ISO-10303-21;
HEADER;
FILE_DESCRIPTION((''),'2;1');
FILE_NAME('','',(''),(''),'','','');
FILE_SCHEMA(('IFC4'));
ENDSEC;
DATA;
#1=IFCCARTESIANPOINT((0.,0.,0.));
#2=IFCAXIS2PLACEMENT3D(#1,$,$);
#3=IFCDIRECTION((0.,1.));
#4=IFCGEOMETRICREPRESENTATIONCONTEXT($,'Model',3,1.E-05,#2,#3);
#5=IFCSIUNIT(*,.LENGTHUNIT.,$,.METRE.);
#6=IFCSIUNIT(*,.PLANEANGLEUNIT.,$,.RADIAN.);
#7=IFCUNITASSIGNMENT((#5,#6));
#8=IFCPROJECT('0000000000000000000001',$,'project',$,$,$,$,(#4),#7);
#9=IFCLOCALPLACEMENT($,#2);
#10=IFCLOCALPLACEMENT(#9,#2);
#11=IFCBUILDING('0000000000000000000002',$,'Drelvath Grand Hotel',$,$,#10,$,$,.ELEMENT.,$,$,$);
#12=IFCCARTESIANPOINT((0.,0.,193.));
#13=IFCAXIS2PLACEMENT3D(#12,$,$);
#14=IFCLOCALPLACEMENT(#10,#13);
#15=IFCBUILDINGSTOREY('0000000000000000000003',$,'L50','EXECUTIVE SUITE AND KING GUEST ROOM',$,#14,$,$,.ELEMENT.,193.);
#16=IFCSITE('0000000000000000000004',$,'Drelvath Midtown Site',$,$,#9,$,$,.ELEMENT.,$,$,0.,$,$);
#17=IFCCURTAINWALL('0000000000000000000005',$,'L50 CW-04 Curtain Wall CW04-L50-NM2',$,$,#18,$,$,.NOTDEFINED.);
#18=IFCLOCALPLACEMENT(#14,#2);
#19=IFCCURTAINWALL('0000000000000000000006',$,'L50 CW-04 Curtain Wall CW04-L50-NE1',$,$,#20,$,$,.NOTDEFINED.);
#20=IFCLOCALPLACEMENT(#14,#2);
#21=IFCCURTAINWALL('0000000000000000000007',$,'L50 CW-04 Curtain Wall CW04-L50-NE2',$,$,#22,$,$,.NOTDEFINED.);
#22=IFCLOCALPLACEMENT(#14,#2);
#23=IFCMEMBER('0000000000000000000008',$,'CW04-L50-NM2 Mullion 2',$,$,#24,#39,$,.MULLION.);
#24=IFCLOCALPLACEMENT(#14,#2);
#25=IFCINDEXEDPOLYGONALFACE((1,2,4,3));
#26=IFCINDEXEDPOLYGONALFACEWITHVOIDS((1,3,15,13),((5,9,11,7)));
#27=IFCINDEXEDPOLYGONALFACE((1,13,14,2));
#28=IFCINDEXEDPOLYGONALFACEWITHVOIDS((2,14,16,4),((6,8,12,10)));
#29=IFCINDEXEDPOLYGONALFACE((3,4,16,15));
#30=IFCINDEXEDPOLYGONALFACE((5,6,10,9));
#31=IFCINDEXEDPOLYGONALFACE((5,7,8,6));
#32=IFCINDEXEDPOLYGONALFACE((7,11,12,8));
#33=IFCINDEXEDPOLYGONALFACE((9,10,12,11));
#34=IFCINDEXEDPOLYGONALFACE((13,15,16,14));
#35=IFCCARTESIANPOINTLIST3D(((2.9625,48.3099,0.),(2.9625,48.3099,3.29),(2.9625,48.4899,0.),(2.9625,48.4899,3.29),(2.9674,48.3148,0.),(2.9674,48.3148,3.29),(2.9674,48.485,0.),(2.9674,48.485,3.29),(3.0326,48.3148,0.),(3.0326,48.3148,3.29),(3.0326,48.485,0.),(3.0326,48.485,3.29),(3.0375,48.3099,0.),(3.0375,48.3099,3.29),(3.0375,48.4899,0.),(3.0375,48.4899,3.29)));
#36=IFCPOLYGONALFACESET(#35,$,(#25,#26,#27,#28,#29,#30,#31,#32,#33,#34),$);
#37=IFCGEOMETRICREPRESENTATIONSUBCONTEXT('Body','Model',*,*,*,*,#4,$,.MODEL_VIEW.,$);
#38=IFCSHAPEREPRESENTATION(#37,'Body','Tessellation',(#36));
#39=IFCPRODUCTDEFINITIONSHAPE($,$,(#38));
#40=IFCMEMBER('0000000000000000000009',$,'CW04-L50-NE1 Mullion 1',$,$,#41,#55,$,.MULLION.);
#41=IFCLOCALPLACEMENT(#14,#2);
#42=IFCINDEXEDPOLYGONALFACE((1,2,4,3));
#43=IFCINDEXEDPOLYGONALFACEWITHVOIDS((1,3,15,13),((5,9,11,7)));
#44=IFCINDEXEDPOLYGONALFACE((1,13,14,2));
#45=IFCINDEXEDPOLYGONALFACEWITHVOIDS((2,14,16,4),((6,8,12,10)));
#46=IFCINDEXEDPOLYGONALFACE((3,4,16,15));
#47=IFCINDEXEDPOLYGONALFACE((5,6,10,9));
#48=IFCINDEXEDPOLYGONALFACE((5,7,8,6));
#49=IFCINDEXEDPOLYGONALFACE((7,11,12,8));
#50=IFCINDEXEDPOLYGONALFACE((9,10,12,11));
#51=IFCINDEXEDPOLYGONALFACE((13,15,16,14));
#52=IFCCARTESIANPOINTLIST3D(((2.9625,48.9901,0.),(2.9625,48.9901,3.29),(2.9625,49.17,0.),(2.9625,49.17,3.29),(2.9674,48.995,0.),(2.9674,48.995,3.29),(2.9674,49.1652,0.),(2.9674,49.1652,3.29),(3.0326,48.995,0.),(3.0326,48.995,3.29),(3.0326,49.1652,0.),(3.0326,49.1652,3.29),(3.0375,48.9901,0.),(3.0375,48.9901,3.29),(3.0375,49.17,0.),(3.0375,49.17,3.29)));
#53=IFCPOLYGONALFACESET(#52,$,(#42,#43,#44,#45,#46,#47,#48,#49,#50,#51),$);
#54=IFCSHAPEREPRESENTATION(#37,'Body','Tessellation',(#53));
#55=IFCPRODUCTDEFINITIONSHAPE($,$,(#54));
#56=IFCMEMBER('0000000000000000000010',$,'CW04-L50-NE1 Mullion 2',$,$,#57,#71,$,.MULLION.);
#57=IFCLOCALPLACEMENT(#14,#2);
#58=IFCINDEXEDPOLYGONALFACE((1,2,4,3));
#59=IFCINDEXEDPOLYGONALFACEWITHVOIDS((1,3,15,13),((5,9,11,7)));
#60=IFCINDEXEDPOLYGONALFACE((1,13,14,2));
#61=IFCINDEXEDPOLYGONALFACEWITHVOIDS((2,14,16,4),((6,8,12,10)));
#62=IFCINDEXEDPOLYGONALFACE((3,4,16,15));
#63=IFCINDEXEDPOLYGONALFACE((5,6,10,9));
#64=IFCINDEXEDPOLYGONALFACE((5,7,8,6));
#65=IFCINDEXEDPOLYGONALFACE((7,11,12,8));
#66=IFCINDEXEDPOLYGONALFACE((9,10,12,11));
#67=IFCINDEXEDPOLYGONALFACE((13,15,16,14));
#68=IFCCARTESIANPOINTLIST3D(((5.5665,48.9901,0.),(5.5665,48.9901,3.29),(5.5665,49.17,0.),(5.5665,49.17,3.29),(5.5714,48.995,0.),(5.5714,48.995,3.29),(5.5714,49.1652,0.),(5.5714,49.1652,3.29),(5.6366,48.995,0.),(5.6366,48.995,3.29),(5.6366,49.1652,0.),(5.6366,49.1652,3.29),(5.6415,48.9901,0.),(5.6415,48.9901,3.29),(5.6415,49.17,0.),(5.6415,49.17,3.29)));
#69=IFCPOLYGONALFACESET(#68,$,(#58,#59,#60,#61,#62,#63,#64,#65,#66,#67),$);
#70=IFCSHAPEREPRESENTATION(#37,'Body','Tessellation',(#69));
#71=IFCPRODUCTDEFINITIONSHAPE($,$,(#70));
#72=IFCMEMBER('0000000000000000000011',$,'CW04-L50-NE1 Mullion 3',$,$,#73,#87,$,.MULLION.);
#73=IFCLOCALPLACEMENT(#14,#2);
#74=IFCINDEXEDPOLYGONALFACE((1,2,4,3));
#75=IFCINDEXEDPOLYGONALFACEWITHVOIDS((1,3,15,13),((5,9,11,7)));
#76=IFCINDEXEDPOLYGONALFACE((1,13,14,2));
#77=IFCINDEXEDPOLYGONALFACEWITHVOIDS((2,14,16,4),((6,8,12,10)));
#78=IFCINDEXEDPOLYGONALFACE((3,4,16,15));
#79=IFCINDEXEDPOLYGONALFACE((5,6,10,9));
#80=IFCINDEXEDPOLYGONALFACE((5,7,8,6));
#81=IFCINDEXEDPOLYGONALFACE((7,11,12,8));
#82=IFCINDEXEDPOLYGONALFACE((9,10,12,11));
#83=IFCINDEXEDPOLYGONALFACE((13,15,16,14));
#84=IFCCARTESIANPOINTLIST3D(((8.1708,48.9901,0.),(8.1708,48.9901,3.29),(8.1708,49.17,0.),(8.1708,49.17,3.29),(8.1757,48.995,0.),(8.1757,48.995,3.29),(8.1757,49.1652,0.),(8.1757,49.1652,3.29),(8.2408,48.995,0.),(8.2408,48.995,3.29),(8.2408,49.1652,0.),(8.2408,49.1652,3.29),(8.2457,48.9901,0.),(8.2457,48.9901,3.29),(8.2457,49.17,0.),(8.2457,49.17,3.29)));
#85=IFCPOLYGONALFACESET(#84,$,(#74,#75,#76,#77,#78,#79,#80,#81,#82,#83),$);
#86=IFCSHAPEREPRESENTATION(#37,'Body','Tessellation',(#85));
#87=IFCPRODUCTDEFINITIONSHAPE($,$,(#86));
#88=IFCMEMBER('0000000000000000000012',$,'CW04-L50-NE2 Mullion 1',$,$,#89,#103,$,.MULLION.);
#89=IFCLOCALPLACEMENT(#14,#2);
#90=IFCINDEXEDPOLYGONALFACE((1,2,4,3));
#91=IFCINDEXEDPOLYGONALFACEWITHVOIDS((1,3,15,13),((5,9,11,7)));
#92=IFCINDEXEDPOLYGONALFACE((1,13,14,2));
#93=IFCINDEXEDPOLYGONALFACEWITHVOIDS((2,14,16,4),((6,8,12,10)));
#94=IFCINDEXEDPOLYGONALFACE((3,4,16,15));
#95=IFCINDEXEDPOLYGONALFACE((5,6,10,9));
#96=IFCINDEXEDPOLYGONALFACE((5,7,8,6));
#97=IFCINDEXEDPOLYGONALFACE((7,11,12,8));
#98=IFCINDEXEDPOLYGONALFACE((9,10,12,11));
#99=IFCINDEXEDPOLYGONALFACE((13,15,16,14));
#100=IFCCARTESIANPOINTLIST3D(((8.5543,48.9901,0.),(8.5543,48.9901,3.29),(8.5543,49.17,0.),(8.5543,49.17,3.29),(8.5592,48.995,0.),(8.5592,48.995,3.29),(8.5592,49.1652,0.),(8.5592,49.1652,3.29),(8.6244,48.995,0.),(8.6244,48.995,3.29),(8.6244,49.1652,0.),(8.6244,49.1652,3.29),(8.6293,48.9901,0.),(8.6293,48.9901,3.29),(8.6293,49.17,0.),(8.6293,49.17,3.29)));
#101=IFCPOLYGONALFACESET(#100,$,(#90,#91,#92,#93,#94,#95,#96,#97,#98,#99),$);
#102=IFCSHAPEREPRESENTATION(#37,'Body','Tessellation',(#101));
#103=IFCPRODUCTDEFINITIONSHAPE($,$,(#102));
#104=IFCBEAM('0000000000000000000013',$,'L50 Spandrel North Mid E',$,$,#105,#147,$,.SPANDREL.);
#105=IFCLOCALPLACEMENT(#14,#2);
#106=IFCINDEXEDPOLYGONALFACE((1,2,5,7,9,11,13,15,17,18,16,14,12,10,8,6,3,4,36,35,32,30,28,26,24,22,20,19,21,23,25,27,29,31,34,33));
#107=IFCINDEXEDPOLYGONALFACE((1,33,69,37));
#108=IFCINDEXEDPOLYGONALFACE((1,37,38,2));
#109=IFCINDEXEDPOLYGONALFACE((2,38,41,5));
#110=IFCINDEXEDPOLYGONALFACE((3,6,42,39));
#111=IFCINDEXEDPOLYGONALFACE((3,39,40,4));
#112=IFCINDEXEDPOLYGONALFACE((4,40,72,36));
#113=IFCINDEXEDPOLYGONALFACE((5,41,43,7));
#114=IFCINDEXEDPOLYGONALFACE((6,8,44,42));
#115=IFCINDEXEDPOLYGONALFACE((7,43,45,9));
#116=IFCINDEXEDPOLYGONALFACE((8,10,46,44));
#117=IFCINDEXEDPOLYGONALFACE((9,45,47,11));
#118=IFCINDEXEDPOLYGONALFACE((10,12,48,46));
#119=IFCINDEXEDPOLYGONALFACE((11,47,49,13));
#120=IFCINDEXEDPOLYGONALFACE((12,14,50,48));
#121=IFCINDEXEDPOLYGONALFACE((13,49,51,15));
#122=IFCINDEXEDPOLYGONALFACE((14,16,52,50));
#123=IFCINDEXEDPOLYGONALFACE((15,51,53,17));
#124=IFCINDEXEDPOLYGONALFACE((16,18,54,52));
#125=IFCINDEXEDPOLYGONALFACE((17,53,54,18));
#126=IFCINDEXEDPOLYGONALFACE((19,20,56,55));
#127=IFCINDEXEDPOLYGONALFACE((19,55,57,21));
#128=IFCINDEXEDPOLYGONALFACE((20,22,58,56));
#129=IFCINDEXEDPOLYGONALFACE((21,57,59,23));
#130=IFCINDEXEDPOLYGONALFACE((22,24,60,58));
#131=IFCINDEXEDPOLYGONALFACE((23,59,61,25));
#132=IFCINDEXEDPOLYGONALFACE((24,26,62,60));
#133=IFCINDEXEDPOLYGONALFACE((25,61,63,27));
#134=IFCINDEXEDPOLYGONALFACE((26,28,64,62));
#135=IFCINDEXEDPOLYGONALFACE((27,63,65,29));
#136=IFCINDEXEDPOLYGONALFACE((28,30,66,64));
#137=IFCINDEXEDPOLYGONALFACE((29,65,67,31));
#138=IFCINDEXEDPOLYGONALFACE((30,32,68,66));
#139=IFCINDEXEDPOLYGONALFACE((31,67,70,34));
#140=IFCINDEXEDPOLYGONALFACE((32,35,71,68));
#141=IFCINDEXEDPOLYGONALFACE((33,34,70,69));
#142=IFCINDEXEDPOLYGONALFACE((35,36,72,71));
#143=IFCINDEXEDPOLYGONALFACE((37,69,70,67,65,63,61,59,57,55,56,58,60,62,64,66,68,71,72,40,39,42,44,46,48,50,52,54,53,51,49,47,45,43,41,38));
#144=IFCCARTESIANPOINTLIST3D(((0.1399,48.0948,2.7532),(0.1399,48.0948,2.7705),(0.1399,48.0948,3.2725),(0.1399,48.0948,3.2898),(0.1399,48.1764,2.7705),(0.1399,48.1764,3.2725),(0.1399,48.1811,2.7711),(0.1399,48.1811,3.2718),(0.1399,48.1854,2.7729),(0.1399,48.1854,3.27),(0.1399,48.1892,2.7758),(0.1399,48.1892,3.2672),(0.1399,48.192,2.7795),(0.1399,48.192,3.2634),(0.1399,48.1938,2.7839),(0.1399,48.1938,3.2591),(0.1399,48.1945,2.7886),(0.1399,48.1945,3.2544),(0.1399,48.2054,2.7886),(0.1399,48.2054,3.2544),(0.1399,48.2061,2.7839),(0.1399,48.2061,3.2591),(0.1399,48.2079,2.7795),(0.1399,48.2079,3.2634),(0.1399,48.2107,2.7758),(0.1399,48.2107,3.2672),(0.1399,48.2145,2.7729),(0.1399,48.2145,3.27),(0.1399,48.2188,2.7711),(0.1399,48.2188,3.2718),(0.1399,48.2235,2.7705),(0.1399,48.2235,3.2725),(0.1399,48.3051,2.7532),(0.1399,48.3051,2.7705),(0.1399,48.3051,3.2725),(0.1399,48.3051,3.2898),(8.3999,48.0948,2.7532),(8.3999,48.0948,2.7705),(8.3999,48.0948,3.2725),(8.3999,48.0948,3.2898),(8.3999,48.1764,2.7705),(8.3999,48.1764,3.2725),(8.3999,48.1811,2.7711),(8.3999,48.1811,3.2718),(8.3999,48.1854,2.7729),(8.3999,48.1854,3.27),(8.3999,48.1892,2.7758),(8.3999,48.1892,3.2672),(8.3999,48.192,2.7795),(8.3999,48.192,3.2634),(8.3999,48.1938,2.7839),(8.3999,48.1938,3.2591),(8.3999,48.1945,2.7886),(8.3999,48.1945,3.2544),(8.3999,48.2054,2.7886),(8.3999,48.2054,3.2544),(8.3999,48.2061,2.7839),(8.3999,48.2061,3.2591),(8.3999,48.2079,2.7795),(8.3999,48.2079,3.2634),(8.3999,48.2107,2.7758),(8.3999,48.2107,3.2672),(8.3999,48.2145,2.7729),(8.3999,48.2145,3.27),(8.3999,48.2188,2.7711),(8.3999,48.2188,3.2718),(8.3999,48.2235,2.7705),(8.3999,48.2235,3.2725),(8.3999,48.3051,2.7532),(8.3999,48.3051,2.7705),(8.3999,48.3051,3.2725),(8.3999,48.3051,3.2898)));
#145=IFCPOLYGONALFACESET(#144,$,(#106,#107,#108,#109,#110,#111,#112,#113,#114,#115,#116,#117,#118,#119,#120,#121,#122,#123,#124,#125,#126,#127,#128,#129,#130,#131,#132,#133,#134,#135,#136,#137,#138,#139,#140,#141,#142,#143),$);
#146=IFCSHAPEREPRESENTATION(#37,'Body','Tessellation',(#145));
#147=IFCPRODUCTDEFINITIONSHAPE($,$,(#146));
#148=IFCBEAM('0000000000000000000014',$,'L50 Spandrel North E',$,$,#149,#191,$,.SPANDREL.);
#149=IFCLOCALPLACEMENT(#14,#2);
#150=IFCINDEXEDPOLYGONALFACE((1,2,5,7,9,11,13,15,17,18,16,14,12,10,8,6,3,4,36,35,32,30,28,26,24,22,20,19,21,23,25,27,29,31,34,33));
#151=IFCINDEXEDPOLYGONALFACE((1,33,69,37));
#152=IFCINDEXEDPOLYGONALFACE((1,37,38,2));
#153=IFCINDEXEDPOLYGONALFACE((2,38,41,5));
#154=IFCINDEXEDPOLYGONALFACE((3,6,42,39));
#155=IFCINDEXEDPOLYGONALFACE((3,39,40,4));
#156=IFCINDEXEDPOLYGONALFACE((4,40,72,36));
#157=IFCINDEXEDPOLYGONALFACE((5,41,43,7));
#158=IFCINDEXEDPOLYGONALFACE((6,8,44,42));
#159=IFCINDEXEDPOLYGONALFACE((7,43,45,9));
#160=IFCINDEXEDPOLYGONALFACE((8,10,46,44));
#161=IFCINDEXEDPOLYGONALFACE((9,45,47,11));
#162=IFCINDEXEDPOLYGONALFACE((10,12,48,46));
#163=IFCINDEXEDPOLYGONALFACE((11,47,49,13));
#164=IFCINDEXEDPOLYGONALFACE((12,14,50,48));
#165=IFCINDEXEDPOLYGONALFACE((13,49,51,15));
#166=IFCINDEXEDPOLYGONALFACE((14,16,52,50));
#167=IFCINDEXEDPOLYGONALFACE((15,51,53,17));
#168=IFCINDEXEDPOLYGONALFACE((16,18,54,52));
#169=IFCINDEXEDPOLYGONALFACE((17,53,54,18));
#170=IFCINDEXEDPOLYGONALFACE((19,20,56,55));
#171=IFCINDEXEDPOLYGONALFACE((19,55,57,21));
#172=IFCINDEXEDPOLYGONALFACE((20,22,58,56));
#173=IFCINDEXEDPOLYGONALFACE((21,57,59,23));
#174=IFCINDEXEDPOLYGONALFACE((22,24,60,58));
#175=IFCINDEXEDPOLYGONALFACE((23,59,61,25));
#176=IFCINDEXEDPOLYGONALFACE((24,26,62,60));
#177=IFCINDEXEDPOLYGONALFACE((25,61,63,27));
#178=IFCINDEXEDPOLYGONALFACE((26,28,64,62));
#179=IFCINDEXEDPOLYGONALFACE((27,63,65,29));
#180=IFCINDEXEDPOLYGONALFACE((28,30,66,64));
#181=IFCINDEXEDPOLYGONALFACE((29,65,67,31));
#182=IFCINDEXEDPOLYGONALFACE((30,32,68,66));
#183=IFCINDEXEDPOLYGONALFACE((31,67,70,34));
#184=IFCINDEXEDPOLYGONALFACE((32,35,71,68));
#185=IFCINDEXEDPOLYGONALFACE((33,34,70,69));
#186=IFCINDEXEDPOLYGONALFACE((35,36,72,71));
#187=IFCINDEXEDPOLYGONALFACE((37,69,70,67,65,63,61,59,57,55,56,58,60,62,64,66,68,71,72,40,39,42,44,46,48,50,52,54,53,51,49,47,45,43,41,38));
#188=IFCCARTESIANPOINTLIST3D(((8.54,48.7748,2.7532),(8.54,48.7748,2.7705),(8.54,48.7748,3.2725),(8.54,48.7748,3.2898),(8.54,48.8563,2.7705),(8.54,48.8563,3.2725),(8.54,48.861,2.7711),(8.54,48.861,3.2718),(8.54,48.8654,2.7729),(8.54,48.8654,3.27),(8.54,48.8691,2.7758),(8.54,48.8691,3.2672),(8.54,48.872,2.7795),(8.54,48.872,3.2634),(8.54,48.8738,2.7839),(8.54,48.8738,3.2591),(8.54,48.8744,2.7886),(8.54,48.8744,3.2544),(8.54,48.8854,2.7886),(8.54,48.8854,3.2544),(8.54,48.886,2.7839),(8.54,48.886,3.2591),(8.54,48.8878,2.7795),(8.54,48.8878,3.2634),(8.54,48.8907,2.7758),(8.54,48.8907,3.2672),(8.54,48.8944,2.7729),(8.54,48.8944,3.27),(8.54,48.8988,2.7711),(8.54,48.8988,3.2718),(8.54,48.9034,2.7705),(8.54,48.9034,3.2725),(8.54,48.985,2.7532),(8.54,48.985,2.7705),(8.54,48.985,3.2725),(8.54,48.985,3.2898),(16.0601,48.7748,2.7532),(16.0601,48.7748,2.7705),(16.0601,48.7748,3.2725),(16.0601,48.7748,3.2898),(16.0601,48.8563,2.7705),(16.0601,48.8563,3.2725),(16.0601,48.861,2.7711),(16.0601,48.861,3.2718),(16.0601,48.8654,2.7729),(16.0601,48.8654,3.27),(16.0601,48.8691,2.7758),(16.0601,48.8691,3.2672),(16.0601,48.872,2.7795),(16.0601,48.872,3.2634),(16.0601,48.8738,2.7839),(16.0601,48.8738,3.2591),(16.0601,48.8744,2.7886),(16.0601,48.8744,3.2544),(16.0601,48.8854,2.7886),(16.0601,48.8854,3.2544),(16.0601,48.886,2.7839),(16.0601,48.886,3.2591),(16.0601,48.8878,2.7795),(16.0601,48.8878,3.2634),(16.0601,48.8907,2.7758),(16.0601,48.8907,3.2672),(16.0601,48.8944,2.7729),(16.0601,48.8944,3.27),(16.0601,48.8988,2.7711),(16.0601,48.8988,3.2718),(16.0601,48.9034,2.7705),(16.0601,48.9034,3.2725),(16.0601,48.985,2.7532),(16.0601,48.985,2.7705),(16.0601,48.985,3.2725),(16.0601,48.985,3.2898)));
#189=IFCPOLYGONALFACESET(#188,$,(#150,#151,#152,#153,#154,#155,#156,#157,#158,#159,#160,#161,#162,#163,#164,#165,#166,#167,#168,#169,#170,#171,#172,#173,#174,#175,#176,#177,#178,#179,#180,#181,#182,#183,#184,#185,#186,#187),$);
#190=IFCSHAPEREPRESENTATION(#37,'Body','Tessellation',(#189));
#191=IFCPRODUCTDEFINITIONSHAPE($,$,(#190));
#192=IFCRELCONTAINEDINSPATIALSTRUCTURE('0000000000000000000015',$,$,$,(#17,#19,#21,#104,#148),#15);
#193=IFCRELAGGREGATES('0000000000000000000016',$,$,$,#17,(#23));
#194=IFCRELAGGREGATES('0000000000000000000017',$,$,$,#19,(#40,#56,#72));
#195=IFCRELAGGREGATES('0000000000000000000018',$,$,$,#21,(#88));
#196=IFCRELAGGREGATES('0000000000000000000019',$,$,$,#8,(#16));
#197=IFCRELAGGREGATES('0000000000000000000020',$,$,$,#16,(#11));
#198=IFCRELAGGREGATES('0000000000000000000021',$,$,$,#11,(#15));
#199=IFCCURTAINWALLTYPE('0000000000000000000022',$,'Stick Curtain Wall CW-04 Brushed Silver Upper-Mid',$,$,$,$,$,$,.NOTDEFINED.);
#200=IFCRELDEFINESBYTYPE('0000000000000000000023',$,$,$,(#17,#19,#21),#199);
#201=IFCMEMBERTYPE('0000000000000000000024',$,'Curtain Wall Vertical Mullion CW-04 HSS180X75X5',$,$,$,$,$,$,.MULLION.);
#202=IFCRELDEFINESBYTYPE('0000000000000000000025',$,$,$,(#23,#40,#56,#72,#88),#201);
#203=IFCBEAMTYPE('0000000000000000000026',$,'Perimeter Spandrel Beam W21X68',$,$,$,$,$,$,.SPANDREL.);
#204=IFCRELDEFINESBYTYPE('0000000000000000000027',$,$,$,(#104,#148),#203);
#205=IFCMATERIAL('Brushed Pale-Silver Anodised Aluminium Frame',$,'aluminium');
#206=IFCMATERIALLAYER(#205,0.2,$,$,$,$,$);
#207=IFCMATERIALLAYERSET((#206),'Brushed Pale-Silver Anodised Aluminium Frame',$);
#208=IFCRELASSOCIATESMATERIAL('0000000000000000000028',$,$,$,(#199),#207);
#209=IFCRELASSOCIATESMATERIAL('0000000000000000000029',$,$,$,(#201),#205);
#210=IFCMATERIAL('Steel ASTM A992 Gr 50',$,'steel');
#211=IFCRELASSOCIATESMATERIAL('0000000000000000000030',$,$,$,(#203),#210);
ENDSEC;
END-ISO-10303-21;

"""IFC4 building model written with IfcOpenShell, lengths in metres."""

from ifc_helpers import new_model, si_unit, direction, frame, origin, origin_2d, place, context, subcontext, project, spatial, hollow_rectangle, i_section, extrude, material, layer, layer_set, material_profile, profile_set, type_object, element, aggregate, save


model = new_model("IFC4")

# Units and contexts
model_context = context("Model", 3, precision=1e-05, world=origin(), true_north=direction((0.0, 1.0)))
body_context = subcontext(model_context, "Body", "Model", "MODEL_VIEW")
ifc_project = project(units=[si_unit("LENGTHUNIT", "METRE"), si_unit("PLANEANGLEUNIT", "RADIAN")], contexts=[model_context])

# Site, building, storey
site_placement = place(None, origin())
site = spatial("IfcSite", under=ifc_project, at=site_placement, Name="Drelvath Midtown Site", CompositionType="ELEMENT", RefElevation=0.0)
building_placement = place(site_placement, origin())
building = spatial("IfcBuilding", under=site, at=building_placement, Name="Drelvath Grand Hotel", CompositionType="ELEMENT")
storey_placement = place(building_placement, frame((0.0, 0.0, 193.0)))
storey = spatial("IfcBuildingStorey", under=building, at=storey_placement, Name="L50", Description="EXECUTIVE SUITE AND KING GUEST ROOM", CompositionType="ELEMENT", Elevation=193.0)

# Curtain walls
ifc_material_1 = material(Name="Brushed Pale-Silver Anodised Aluminium Frame", Category="aluminium")
ifc_layer_1 = layer(ifc_material_1, 0.2)
ifc_layer_set_1 = layer_set([ifc_layer_1], Name="Brushed Pale-Silver Anodised Aluminium Frame")
curtain_wall_type = type_object("IfcCurtainWallType", Name="Stick Curtain Wall CW-04 Brushed Silver Upper-Mid", PredefinedType="NOTDEFINED", material=ifc_layer_set_1)
curtain_wall_1_placement = place(storey_placement, origin())
curtain_wall_1 = element("IfcCurtainWall", 1, at=curtain_wall_1_placement, inside=storey, type_object=curtain_wall_type, Name="L50 CW-04 Curtain Wall CW04-L50-NM2", PredefinedType="NOTDEFINED")
curtain_wall_2_placement = place(storey_placement, origin())
curtain_wall_2 = element("IfcCurtainWall", 2, at=curtain_wall_2_placement, inside=storey, type_object=curtain_wall_type, Name="L50 CW-04 Curtain Wall CW04-L50-NE1", PredefinedType="NOTDEFINED")
curtain_wall_3_placement = place(storey_placement, origin())
curtain_wall_3 = element("IfcCurtainWall", 3, at=curtain_wall_3_placement, inside=storey, type_object=curtain_wall_type, Name="L50 CW-04 Curtain Wall CW04-L50-NE2", PredefinedType="NOTDEFINED")
ifc_material_profile_1 = material_profile(ifc_material_1, hollow_rectangle(XDim=0.075, YDim=0.1799, WallThickness=0.0049, at=origin_2d()), Name="HSS180X75X5")
ifc_profile_set_1 = profile_set([ifc_material_profile_1], Name="Brushed Pale-Silver Anodised Aluminium Frame")
member_type_1 = type_object("IfcMemberType", Name="Curtain Wall Vertical Mullion CW-04 HSS180X75X5", PredefinedType="MULLION", material=ifc_profile_set_1)

# Members
member_1_placement = place(storey_placement, frame((3.0, 48.3999, 0.0), z_axis=(0.0, 0.0, 1.0), x_axis=(1.0, 0.0, 0.0)))
member_1 = element("IfcMember", 4, at=member_1_placement, type_object=member_type_1, Name="CW04-L50-NM2 Mullion 2", PredefinedType="MULLION", context=body_context, shape_type="SweptSolid", body=[
    extrude(hollow_rectangle(XDim=0.075, YDim=0.1799, WallThickness=0.0049, at=origin_2d()), origin(), (0.0, 0.0, 1.0), 3.29),
])
member_2_placement = place(storey_placement, frame((3.0, 49.0801, 0.0), z_axis=(0.0, 0.0, 1.0), x_axis=(1.0, 0.0, 0.0)))
member_2 = element("IfcMember", 5, at=member_2_placement, type_object=member_type_1, Name="CW04-L50-NE1 Mullion 1", PredefinedType="MULLION", context=body_context, shape_type="SweptSolid", body=[
    extrude(hollow_rectangle(XDim=0.075, YDim=0.1799, WallThickness=0.0049, at=origin_2d()), origin(), (0.0, 0.0, 1.0), 3.29),
])
member_3_placement = place(storey_placement, frame((5.604, 49.0801, 0.0), z_axis=(0.0, 0.0, 1.0), x_axis=(1.0, 0.0, 0.0)))
member_3 = element("IfcMember", 6, at=member_3_placement, type_object=member_type_1, Name="CW04-L50-NE1 Mullion 2", PredefinedType="MULLION", context=body_context, shape_type="SweptSolid", body=[
    extrude(hollow_rectangle(XDim=0.075, YDim=0.1799, WallThickness=0.0049, at=origin_2d()), origin(), (0.0, 0.0, 1.0), 3.29),
])
member_4_placement = place(storey_placement, frame((8.2083, 49.0801, 0.0), z_axis=(0.0, 0.0, 1.0), x_axis=(1.0, 0.0, 0.0)))
member_4 = element("IfcMember", 7, at=member_4_placement, type_object=member_type_1, Name="CW04-L50-NE1 Mullion 3", PredefinedType="MULLION", context=body_context, shape_type="SweptSolid", body=[
    extrude(hollow_rectangle(XDim=0.075, YDim=0.1799, WallThickness=0.0049, at=origin_2d()), origin(), (0.0, 0.0, 1.0), 3.29),
])
member_5_placement = place(storey_placement, frame((8.5918, 49.0801, 0.0), z_axis=(0.0, 0.0, 1.0), x_axis=(1.0, 0.0, 0.0)))
member_5 = element("IfcMember", 8, at=member_5_placement, type_object=member_type_1, Name="CW04-L50-NE2 Mullion 1", PredefinedType="MULLION", context=body_context, shape_type="SweptSolid", body=[
    extrude(hollow_rectangle(XDim=0.075, YDim=0.1799, WallThickness=0.0049, at=origin_2d()), origin(), (0.0, 0.0, 1.0), 3.29),
])

# Beams
ifc_material_2 = material(Name="Steel ASTM A992 Gr 50", Category="steel")
ifc_material_profile_2 = material_profile(ifc_material_2, i_section(OverallWidth=0.2102, OverallDepth=0.5366, WebThickness=0.011, FlangeThickness=0.0173, FilletRadius=0.0181, at=origin_2d()), Name="W21X68")
ifc_profile_set_2 = profile_set([ifc_material_profile_2], Name="Steel ASTM A992 Gr 50")
beam_type_1 = type_object("IfcBeamType", Name="Perimeter Spandrel Beam W21X68", PredefinedType="SPANDREL", material=ifc_profile_set_2)
beam_1_placement = place(storey_placement, frame((0.1399, 48.2, 3.0215), z_axis=(1.0, 0.0, 0.0), x_axis=(0.0, 1.0, 0.0)))
element("IfcBeam", 9, at=beam_1_placement, inside=storey, type_object=beam_type_1, Name="L50 Spandrel North Mid E", PredefinedType="SPANDREL", context=body_context, shape_type="SweptSolid", body=[
    extrude(i_section(OverallWidth=0.2102, OverallDepth=0.5366, WebThickness=0.011, FlangeThickness=0.0173, FilletRadius=0.0181, at=origin_2d()), origin(), (0.0, 0.0, 1.0), 8.26),
])
beam_2_placement = place(storey_placement, frame((8.54, 48.8799, 3.0215), z_axis=(1.0, 0.0, 0.0), x_axis=(0.0, 1.0, 0.0)))
element("IfcBeam", 10, at=beam_2_placement, inside=storey, type_object=beam_type_1, Name="L50 Spandrel North E", PredefinedType="SPANDREL", context=body_context, shape_type="SweptSolid", body=[
    extrude(i_section(OverallWidth=0.2102, OverallDepth=0.5366, WebThickness=0.011, FlangeThickness=0.0173, FilletRadius=0.0181, at=origin_2d()), origin(), (0.0, 0.0, 1.0), 7.52),
])

aggregate(curtain_wall_1, [member_1])
aggregate(curtain_wall_2, [member_2, member_3, member_4])
aggregate(curtain_wall_3, [member_5])

save(model, "model.ifc")
